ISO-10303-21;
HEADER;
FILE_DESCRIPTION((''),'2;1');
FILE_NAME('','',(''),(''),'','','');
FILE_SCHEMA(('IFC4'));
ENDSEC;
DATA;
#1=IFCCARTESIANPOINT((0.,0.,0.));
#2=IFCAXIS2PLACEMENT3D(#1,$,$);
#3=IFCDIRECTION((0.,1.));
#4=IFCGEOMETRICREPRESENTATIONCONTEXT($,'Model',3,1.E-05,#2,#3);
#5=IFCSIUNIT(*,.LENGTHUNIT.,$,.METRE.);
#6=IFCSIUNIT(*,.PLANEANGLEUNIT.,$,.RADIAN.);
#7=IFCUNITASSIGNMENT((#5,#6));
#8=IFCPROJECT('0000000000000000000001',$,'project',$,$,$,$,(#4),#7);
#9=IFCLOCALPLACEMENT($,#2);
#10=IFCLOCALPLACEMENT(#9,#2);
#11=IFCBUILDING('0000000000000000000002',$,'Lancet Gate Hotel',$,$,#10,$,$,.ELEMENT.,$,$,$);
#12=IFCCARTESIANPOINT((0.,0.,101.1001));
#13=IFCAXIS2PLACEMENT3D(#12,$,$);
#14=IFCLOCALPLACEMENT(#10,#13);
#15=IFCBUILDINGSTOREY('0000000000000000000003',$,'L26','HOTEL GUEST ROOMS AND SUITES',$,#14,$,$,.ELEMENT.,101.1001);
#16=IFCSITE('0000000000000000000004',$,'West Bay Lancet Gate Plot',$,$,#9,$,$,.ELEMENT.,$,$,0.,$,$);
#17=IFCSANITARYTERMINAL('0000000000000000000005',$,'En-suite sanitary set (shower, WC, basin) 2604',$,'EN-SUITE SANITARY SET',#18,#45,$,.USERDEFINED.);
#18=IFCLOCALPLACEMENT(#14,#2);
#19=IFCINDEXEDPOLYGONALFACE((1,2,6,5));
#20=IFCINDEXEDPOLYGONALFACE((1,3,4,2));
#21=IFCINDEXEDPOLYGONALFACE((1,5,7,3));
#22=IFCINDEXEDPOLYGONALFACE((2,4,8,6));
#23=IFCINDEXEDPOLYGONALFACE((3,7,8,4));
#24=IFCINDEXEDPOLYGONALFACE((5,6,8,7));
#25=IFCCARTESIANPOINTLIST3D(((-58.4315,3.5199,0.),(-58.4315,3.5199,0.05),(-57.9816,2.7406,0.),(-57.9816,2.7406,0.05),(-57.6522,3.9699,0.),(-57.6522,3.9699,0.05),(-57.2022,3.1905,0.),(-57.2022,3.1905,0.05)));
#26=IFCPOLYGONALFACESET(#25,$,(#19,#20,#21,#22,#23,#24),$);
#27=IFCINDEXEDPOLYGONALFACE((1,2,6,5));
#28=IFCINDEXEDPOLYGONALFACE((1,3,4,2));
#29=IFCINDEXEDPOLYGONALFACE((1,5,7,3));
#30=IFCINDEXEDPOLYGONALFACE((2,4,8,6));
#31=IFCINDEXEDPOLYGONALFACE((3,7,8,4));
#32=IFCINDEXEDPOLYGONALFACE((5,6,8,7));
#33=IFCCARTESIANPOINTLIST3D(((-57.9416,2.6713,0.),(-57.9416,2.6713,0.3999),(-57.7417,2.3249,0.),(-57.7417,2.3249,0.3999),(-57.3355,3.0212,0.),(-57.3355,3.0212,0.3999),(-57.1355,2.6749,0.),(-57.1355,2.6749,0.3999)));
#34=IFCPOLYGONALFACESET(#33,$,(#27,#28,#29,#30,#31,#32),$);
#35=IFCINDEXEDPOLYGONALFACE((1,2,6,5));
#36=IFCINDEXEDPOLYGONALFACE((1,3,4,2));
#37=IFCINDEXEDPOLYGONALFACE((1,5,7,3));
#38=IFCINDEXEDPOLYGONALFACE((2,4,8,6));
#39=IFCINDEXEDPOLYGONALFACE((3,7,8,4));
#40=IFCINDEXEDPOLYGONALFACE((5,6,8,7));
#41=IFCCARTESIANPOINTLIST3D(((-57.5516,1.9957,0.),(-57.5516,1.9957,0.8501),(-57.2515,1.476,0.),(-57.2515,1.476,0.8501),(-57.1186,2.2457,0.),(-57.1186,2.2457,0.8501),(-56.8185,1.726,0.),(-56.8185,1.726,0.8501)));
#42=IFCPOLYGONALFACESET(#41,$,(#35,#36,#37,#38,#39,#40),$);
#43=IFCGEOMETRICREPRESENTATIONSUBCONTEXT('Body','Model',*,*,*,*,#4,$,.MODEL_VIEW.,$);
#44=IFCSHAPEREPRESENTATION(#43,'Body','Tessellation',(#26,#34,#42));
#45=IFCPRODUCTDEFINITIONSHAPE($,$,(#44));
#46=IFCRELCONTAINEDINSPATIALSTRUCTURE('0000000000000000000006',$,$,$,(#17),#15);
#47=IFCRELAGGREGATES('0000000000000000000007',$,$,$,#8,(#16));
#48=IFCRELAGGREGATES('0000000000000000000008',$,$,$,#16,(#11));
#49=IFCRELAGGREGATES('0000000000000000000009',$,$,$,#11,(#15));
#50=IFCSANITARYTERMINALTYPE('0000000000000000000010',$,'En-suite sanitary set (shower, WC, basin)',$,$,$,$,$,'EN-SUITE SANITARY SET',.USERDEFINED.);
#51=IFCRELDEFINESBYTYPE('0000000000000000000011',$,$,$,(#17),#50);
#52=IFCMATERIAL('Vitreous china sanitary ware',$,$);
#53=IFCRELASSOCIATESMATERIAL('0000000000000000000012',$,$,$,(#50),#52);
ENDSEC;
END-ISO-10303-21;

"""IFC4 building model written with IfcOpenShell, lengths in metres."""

from ifc_helpers import new_model, si_unit, direction, frame, origin, origin_2d, place, context, subcontext, project, spatial, rectangle, extrude, material, type_object, element, save


model = new_model("IFC4")

# Units and contexts
model_context = context("Model", 3, precision=1e-05, world=origin(), true_north=direction((0.0, 1.0)))
body_context = subcontext(model_context, "Body", "Model", "MODEL_VIEW")
ifc_project = project(units=[si_unit("LENGTHUNIT", "METRE"), si_unit("PLANEANGLEUNIT", "RADIAN")], contexts=[model_context])

# Site, building, storey
site_placement = place(None, origin())
site = spatial("IfcSite", under=ifc_project, at=site_placement, Name="West Bay Lancet Gate Plot", CompositionType="ELEMENT", RefElevation=0.0)
building_placement = place(site_placement, origin())
building = spatial("IfcBuilding", under=site, at=building_placement, Name="Lancet Gate Hotel", CompositionType="ELEMENT")
storey_placement = place(building_placement, frame((0.0, 0.0, 101.1001)))
storey = spatial("IfcBuildingStorey", under=building, at=storey_placement, Name="L26", Description="HOTEL GUEST ROOMS AND SUITES", CompositionType="ELEMENT", Elevation=101.1001)

# Sanitary terminal
ifc_material_1 = material(Name="Vitreous china sanitary ware")
sanitary_terminal_type = type_object("IfcSanitaryTerminalType", Name="En-suite sanitary set (shower, WC, basin)", ElementType="EN-SUITE SANITARY SET", PredefinedType="USERDEFINED", material=ifc_material_1)
sanitary_terminal_placement = place(storey_placement, frame((-57.8169, 3.3552, 0.0), z_axis=(0.0, 0.0, 1.0), x_axis=(1.0, 0.0, 0.0)))
element("IfcSanitaryTerminal", 1, at=sanitary_terminal_placement, inside=storey, type_object=sanitary_terminal_type, Name="En-suite sanitary set (shower, WC, basin) 2604", ObjectType="EN-SUITE SANITARY SET", PredefinedType="USERDEFINED", context=body_context, shape_type="SweptSolid", body=[
    extrude(rectangle(XDim=0.8999, YDim=0.8999, at=origin_2d()), frame((0.0, 0.0, 0.0), z_axis=(0.0, 0.0, 1.0), x_axis=(-0.5, 0.866025, 0.0)), (0.0, 0.0, 1.0), 0.05),
    extrude(rectangle(XDim=0.3999, YDim=0.7, at=origin_2d()), frame((0.2783, -0.6821, 0.0), z_axis=(0.0, 0.0, 1.0), x_axis=(-0.5, 0.866025, 0.0)), (0.0, 0.0, 1.0), 0.3999),
    extrude(rectangle(XDim=0.6001, YDim=0.5, at=origin_2d()), frame((0.6318, -1.4944, 0.0), z_axis=(0.0, 0.0, 1.0), x_axis=(-0.5, 0.866025, 0.0)), (0.0, 0.0, 1.0), 0.8501),
])

save(model, "model.ifc")
